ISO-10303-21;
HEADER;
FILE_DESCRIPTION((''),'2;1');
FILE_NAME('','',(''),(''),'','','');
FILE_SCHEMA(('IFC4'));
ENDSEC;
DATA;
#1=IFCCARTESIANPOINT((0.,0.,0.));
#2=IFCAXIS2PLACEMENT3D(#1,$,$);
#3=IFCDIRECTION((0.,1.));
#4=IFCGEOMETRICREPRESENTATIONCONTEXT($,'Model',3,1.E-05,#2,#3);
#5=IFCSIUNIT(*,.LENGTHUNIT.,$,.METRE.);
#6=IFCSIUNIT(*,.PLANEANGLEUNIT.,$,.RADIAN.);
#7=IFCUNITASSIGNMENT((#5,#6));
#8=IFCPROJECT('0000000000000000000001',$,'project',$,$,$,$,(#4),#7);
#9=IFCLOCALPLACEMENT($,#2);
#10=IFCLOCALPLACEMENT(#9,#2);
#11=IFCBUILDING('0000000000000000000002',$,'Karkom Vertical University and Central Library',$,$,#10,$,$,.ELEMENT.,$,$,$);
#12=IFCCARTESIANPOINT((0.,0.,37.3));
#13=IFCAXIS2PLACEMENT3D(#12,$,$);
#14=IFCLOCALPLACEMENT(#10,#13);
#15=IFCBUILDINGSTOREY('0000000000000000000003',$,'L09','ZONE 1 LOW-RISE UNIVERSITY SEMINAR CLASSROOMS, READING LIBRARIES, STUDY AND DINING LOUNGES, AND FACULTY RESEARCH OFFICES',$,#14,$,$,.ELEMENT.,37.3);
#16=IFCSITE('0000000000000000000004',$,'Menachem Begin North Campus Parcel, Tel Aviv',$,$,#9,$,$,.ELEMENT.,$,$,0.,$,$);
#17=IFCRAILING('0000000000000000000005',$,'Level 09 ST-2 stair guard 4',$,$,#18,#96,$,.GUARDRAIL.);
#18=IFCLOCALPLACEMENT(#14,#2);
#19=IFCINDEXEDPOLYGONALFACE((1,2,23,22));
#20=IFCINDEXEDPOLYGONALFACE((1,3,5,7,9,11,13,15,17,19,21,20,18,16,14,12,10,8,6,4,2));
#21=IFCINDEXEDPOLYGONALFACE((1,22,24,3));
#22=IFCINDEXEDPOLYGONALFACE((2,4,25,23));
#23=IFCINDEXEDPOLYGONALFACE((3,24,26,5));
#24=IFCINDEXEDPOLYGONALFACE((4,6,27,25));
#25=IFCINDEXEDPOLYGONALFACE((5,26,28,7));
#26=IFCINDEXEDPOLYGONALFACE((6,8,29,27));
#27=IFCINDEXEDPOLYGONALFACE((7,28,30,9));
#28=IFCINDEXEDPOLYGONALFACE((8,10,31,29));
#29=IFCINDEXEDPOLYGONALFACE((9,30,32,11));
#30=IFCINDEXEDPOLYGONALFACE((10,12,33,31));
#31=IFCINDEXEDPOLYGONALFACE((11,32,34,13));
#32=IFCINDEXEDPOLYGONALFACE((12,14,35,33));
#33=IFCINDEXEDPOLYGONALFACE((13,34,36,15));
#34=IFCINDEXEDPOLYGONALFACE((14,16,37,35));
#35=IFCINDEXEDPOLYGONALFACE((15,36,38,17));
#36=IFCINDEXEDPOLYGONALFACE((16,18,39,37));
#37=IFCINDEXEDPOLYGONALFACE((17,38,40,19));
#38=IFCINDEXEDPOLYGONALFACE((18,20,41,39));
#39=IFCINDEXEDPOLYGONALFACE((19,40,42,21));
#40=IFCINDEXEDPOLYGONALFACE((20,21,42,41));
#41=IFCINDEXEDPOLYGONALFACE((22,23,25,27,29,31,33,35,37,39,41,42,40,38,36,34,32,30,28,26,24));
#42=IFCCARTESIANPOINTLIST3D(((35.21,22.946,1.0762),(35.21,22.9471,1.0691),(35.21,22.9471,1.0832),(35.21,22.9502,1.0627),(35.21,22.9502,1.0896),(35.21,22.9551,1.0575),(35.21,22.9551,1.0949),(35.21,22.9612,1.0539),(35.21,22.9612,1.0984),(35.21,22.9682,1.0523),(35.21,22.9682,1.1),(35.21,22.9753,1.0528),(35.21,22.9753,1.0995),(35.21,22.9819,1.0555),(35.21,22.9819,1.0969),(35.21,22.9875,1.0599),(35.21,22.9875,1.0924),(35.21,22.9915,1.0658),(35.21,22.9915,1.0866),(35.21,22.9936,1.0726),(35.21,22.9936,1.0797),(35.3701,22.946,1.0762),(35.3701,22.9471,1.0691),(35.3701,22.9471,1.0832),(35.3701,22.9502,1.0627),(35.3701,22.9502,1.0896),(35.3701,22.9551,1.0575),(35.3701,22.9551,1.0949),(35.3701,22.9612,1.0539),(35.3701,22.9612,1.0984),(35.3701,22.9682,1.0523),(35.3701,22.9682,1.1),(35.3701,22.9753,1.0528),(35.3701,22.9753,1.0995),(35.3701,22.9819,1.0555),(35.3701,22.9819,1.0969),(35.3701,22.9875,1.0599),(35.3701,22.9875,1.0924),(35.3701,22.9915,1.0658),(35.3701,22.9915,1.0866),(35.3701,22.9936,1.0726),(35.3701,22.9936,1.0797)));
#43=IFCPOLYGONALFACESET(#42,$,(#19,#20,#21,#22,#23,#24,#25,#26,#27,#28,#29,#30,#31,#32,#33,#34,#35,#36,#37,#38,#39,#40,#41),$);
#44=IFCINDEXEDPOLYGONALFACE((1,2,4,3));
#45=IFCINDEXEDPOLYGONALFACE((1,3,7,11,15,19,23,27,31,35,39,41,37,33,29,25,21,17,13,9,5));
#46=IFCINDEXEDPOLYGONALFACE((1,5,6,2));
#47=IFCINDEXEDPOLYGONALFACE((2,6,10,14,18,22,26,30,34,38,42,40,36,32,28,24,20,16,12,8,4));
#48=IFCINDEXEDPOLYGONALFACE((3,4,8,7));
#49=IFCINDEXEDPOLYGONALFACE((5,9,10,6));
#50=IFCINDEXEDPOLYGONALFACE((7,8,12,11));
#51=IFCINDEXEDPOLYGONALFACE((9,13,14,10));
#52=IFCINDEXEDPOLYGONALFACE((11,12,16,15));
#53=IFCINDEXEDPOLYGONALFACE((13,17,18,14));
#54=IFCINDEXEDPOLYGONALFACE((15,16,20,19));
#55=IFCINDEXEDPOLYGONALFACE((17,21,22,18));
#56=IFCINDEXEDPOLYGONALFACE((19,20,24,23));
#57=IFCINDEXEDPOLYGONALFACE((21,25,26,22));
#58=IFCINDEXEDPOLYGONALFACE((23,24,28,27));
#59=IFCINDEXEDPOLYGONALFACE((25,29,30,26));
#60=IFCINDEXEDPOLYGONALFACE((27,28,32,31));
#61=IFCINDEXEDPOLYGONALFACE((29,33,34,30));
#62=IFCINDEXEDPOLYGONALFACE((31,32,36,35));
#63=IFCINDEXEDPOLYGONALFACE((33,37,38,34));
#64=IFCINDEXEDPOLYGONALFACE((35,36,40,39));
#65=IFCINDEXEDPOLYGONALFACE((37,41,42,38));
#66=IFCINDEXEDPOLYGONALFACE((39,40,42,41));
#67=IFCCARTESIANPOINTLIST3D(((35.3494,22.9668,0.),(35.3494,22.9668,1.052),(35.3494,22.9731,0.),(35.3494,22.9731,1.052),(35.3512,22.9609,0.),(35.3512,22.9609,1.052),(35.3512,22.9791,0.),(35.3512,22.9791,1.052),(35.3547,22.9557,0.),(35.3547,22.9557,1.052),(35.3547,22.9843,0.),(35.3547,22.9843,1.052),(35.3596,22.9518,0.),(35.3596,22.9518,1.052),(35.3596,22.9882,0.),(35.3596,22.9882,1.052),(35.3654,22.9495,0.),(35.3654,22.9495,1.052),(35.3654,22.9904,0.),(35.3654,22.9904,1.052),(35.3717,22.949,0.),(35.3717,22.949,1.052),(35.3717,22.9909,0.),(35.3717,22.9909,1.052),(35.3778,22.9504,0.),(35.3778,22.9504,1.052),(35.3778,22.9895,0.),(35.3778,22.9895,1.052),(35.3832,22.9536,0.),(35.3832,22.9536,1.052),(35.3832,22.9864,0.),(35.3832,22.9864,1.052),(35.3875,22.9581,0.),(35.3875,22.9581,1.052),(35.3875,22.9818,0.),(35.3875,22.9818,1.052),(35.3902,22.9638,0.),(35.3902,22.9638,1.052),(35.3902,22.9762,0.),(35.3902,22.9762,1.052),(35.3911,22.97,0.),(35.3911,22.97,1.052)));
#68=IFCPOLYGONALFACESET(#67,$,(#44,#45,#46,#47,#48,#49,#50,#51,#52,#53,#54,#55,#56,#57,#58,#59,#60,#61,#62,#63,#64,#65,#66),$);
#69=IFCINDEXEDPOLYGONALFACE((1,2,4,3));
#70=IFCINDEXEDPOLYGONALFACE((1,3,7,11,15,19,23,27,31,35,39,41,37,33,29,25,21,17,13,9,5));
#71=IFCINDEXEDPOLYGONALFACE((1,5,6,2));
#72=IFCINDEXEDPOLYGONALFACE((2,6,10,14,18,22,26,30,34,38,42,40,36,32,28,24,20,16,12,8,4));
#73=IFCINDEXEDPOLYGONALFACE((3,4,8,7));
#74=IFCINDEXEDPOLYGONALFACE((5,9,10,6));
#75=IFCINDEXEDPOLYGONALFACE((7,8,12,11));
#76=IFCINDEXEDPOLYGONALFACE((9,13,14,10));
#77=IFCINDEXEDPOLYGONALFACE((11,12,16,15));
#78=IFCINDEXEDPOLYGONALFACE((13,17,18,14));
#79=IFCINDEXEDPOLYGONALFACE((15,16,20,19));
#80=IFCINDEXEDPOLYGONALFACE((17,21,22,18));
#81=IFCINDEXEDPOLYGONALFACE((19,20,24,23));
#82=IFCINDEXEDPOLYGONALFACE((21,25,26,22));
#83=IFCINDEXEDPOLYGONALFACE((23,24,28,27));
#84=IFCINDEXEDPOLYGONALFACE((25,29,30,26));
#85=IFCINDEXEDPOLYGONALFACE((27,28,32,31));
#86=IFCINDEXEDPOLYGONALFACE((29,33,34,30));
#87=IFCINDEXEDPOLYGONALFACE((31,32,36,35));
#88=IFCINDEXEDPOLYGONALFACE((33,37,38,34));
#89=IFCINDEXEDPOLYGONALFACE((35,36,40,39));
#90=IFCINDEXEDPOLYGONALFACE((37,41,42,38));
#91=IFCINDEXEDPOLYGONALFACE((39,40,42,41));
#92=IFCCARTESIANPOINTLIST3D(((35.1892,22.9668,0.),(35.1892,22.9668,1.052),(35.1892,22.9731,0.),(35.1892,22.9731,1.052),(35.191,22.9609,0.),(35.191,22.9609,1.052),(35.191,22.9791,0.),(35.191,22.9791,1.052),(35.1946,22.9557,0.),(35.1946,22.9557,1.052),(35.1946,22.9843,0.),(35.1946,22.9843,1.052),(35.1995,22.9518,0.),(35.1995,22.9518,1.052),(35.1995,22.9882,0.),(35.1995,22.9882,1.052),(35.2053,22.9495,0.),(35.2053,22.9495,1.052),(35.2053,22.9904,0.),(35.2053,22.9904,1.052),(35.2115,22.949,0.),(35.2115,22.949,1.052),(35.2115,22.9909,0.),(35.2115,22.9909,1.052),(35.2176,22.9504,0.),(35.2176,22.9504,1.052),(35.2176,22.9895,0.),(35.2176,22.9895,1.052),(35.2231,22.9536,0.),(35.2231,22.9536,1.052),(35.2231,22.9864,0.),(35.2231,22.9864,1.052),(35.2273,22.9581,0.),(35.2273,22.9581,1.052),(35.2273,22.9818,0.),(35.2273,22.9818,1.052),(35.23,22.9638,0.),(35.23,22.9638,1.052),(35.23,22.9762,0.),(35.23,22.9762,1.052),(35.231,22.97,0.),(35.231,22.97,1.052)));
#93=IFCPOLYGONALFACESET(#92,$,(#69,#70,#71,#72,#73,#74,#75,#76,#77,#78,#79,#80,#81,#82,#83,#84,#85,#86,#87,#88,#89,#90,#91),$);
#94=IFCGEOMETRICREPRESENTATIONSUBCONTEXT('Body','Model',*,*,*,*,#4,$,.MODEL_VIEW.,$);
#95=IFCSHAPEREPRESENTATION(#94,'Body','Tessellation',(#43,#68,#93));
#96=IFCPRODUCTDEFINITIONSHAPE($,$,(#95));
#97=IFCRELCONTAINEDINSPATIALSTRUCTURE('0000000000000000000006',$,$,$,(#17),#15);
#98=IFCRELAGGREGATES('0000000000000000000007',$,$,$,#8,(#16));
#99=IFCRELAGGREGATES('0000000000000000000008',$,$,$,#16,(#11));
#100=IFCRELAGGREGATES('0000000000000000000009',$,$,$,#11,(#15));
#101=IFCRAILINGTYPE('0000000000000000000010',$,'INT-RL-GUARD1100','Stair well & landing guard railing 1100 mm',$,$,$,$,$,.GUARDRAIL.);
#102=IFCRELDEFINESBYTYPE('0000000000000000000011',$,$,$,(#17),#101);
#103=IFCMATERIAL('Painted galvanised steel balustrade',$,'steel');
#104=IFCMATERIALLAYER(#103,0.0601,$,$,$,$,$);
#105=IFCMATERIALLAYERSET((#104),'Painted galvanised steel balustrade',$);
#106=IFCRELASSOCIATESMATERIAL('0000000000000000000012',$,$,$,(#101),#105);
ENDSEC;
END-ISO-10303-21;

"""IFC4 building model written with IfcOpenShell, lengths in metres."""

from ifc_helpers import new_model, si_unit, direction, frame, origin, origin_2d, place, context, subcontext, project, spatial, circle, extrude, material, layer, layer_set, type_object, element, save


model = new_model("IFC4")

# Units and contexts
model_context = context("Model", 3, precision=1e-05, world=origin(), true_north=direction((0.0, 1.0)))
body_context = subcontext(model_context, "Body", "Model", "MODEL_VIEW")
ifc_project = project(units=[si_unit("LENGTHUNIT", "METRE"), si_unit("PLANEANGLEUNIT", "RADIAN")], contexts=[model_context])

# Site, building, storey
site_placement = place(None, origin())
site = spatial("IfcSite", under=ifc_project, at=site_placement, Name="Menachem Begin North Campus Parcel, Tel Aviv", CompositionType="ELEMENT", RefElevation=0.0)
building_placement = place(site_placement, origin())
building = spatial("IfcBuilding", under=site, at=building_placement, Name="Karkom Vertical University and Central Library", CompositionType="ELEMENT")
storey_placement = place(building_placement, frame((0.0, 0.0, 37.3)))
storey = spatial("IfcBuildingStorey", under=building, at=storey_placement, Name="L09", Description="ZONE 1 LOW-RISE UNIVERSITY SEMINAR CLASSROOMS, READING LIBRARIES, STUDY AND DINING LOUNGES, AND FACULTY RESEARCH OFFICES", CompositionType="ELEMENT", Elevation=37.3)

# Railing
ifc_material_1 = material(Name="Painted galvanised steel balustrade", Category="steel")
ifc_layer_1 = layer(ifc_material_1, 0.0601)
ifc_layer_set_1 = layer_set([ifc_layer_1], Name="Painted galvanised steel balustrade")
railing_type_1 = type_object("IfcRailingType", Name="INT-RL-GUARD1100", Description="Stair well & landing guard railing 1100 mm", PredefinedType="GUARDRAIL", material=ifc_layer_set_1)
railing_1_placement = place(storey_placement, frame((35.3701, 22.97, 0.0)))
element("IfcRailing", 1, at=railing_1_placement, inside=storey, type_object=railing_type_1, Name="Level 09 ST-2 stair guard 4", PredefinedType="GUARDRAIL", context=body_context, shape_type="SweptSolid", body=[
    extrude(circle(Radius=0.0239, at=origin_2d()), frame((0.0, 0.0, 1.0762), z_axis=(-1.0, 0.0, 0.0), x_axis=(0.0, -1.0, 0.0)), (0.0, 0.0, 1.0), 0.1602),
    extrude(circle(Radius=0.021, at=origin_2d()), origin(), (0.0, 0.0, 1.0), 1.052),
    extrude(circle(Radius=0.021, at=origin_2d()), frame((-0.1602, 0.0, 0.0)), (0.0, 0.0, 1.0), 1.052),
])

save(model, "model.ifc")
